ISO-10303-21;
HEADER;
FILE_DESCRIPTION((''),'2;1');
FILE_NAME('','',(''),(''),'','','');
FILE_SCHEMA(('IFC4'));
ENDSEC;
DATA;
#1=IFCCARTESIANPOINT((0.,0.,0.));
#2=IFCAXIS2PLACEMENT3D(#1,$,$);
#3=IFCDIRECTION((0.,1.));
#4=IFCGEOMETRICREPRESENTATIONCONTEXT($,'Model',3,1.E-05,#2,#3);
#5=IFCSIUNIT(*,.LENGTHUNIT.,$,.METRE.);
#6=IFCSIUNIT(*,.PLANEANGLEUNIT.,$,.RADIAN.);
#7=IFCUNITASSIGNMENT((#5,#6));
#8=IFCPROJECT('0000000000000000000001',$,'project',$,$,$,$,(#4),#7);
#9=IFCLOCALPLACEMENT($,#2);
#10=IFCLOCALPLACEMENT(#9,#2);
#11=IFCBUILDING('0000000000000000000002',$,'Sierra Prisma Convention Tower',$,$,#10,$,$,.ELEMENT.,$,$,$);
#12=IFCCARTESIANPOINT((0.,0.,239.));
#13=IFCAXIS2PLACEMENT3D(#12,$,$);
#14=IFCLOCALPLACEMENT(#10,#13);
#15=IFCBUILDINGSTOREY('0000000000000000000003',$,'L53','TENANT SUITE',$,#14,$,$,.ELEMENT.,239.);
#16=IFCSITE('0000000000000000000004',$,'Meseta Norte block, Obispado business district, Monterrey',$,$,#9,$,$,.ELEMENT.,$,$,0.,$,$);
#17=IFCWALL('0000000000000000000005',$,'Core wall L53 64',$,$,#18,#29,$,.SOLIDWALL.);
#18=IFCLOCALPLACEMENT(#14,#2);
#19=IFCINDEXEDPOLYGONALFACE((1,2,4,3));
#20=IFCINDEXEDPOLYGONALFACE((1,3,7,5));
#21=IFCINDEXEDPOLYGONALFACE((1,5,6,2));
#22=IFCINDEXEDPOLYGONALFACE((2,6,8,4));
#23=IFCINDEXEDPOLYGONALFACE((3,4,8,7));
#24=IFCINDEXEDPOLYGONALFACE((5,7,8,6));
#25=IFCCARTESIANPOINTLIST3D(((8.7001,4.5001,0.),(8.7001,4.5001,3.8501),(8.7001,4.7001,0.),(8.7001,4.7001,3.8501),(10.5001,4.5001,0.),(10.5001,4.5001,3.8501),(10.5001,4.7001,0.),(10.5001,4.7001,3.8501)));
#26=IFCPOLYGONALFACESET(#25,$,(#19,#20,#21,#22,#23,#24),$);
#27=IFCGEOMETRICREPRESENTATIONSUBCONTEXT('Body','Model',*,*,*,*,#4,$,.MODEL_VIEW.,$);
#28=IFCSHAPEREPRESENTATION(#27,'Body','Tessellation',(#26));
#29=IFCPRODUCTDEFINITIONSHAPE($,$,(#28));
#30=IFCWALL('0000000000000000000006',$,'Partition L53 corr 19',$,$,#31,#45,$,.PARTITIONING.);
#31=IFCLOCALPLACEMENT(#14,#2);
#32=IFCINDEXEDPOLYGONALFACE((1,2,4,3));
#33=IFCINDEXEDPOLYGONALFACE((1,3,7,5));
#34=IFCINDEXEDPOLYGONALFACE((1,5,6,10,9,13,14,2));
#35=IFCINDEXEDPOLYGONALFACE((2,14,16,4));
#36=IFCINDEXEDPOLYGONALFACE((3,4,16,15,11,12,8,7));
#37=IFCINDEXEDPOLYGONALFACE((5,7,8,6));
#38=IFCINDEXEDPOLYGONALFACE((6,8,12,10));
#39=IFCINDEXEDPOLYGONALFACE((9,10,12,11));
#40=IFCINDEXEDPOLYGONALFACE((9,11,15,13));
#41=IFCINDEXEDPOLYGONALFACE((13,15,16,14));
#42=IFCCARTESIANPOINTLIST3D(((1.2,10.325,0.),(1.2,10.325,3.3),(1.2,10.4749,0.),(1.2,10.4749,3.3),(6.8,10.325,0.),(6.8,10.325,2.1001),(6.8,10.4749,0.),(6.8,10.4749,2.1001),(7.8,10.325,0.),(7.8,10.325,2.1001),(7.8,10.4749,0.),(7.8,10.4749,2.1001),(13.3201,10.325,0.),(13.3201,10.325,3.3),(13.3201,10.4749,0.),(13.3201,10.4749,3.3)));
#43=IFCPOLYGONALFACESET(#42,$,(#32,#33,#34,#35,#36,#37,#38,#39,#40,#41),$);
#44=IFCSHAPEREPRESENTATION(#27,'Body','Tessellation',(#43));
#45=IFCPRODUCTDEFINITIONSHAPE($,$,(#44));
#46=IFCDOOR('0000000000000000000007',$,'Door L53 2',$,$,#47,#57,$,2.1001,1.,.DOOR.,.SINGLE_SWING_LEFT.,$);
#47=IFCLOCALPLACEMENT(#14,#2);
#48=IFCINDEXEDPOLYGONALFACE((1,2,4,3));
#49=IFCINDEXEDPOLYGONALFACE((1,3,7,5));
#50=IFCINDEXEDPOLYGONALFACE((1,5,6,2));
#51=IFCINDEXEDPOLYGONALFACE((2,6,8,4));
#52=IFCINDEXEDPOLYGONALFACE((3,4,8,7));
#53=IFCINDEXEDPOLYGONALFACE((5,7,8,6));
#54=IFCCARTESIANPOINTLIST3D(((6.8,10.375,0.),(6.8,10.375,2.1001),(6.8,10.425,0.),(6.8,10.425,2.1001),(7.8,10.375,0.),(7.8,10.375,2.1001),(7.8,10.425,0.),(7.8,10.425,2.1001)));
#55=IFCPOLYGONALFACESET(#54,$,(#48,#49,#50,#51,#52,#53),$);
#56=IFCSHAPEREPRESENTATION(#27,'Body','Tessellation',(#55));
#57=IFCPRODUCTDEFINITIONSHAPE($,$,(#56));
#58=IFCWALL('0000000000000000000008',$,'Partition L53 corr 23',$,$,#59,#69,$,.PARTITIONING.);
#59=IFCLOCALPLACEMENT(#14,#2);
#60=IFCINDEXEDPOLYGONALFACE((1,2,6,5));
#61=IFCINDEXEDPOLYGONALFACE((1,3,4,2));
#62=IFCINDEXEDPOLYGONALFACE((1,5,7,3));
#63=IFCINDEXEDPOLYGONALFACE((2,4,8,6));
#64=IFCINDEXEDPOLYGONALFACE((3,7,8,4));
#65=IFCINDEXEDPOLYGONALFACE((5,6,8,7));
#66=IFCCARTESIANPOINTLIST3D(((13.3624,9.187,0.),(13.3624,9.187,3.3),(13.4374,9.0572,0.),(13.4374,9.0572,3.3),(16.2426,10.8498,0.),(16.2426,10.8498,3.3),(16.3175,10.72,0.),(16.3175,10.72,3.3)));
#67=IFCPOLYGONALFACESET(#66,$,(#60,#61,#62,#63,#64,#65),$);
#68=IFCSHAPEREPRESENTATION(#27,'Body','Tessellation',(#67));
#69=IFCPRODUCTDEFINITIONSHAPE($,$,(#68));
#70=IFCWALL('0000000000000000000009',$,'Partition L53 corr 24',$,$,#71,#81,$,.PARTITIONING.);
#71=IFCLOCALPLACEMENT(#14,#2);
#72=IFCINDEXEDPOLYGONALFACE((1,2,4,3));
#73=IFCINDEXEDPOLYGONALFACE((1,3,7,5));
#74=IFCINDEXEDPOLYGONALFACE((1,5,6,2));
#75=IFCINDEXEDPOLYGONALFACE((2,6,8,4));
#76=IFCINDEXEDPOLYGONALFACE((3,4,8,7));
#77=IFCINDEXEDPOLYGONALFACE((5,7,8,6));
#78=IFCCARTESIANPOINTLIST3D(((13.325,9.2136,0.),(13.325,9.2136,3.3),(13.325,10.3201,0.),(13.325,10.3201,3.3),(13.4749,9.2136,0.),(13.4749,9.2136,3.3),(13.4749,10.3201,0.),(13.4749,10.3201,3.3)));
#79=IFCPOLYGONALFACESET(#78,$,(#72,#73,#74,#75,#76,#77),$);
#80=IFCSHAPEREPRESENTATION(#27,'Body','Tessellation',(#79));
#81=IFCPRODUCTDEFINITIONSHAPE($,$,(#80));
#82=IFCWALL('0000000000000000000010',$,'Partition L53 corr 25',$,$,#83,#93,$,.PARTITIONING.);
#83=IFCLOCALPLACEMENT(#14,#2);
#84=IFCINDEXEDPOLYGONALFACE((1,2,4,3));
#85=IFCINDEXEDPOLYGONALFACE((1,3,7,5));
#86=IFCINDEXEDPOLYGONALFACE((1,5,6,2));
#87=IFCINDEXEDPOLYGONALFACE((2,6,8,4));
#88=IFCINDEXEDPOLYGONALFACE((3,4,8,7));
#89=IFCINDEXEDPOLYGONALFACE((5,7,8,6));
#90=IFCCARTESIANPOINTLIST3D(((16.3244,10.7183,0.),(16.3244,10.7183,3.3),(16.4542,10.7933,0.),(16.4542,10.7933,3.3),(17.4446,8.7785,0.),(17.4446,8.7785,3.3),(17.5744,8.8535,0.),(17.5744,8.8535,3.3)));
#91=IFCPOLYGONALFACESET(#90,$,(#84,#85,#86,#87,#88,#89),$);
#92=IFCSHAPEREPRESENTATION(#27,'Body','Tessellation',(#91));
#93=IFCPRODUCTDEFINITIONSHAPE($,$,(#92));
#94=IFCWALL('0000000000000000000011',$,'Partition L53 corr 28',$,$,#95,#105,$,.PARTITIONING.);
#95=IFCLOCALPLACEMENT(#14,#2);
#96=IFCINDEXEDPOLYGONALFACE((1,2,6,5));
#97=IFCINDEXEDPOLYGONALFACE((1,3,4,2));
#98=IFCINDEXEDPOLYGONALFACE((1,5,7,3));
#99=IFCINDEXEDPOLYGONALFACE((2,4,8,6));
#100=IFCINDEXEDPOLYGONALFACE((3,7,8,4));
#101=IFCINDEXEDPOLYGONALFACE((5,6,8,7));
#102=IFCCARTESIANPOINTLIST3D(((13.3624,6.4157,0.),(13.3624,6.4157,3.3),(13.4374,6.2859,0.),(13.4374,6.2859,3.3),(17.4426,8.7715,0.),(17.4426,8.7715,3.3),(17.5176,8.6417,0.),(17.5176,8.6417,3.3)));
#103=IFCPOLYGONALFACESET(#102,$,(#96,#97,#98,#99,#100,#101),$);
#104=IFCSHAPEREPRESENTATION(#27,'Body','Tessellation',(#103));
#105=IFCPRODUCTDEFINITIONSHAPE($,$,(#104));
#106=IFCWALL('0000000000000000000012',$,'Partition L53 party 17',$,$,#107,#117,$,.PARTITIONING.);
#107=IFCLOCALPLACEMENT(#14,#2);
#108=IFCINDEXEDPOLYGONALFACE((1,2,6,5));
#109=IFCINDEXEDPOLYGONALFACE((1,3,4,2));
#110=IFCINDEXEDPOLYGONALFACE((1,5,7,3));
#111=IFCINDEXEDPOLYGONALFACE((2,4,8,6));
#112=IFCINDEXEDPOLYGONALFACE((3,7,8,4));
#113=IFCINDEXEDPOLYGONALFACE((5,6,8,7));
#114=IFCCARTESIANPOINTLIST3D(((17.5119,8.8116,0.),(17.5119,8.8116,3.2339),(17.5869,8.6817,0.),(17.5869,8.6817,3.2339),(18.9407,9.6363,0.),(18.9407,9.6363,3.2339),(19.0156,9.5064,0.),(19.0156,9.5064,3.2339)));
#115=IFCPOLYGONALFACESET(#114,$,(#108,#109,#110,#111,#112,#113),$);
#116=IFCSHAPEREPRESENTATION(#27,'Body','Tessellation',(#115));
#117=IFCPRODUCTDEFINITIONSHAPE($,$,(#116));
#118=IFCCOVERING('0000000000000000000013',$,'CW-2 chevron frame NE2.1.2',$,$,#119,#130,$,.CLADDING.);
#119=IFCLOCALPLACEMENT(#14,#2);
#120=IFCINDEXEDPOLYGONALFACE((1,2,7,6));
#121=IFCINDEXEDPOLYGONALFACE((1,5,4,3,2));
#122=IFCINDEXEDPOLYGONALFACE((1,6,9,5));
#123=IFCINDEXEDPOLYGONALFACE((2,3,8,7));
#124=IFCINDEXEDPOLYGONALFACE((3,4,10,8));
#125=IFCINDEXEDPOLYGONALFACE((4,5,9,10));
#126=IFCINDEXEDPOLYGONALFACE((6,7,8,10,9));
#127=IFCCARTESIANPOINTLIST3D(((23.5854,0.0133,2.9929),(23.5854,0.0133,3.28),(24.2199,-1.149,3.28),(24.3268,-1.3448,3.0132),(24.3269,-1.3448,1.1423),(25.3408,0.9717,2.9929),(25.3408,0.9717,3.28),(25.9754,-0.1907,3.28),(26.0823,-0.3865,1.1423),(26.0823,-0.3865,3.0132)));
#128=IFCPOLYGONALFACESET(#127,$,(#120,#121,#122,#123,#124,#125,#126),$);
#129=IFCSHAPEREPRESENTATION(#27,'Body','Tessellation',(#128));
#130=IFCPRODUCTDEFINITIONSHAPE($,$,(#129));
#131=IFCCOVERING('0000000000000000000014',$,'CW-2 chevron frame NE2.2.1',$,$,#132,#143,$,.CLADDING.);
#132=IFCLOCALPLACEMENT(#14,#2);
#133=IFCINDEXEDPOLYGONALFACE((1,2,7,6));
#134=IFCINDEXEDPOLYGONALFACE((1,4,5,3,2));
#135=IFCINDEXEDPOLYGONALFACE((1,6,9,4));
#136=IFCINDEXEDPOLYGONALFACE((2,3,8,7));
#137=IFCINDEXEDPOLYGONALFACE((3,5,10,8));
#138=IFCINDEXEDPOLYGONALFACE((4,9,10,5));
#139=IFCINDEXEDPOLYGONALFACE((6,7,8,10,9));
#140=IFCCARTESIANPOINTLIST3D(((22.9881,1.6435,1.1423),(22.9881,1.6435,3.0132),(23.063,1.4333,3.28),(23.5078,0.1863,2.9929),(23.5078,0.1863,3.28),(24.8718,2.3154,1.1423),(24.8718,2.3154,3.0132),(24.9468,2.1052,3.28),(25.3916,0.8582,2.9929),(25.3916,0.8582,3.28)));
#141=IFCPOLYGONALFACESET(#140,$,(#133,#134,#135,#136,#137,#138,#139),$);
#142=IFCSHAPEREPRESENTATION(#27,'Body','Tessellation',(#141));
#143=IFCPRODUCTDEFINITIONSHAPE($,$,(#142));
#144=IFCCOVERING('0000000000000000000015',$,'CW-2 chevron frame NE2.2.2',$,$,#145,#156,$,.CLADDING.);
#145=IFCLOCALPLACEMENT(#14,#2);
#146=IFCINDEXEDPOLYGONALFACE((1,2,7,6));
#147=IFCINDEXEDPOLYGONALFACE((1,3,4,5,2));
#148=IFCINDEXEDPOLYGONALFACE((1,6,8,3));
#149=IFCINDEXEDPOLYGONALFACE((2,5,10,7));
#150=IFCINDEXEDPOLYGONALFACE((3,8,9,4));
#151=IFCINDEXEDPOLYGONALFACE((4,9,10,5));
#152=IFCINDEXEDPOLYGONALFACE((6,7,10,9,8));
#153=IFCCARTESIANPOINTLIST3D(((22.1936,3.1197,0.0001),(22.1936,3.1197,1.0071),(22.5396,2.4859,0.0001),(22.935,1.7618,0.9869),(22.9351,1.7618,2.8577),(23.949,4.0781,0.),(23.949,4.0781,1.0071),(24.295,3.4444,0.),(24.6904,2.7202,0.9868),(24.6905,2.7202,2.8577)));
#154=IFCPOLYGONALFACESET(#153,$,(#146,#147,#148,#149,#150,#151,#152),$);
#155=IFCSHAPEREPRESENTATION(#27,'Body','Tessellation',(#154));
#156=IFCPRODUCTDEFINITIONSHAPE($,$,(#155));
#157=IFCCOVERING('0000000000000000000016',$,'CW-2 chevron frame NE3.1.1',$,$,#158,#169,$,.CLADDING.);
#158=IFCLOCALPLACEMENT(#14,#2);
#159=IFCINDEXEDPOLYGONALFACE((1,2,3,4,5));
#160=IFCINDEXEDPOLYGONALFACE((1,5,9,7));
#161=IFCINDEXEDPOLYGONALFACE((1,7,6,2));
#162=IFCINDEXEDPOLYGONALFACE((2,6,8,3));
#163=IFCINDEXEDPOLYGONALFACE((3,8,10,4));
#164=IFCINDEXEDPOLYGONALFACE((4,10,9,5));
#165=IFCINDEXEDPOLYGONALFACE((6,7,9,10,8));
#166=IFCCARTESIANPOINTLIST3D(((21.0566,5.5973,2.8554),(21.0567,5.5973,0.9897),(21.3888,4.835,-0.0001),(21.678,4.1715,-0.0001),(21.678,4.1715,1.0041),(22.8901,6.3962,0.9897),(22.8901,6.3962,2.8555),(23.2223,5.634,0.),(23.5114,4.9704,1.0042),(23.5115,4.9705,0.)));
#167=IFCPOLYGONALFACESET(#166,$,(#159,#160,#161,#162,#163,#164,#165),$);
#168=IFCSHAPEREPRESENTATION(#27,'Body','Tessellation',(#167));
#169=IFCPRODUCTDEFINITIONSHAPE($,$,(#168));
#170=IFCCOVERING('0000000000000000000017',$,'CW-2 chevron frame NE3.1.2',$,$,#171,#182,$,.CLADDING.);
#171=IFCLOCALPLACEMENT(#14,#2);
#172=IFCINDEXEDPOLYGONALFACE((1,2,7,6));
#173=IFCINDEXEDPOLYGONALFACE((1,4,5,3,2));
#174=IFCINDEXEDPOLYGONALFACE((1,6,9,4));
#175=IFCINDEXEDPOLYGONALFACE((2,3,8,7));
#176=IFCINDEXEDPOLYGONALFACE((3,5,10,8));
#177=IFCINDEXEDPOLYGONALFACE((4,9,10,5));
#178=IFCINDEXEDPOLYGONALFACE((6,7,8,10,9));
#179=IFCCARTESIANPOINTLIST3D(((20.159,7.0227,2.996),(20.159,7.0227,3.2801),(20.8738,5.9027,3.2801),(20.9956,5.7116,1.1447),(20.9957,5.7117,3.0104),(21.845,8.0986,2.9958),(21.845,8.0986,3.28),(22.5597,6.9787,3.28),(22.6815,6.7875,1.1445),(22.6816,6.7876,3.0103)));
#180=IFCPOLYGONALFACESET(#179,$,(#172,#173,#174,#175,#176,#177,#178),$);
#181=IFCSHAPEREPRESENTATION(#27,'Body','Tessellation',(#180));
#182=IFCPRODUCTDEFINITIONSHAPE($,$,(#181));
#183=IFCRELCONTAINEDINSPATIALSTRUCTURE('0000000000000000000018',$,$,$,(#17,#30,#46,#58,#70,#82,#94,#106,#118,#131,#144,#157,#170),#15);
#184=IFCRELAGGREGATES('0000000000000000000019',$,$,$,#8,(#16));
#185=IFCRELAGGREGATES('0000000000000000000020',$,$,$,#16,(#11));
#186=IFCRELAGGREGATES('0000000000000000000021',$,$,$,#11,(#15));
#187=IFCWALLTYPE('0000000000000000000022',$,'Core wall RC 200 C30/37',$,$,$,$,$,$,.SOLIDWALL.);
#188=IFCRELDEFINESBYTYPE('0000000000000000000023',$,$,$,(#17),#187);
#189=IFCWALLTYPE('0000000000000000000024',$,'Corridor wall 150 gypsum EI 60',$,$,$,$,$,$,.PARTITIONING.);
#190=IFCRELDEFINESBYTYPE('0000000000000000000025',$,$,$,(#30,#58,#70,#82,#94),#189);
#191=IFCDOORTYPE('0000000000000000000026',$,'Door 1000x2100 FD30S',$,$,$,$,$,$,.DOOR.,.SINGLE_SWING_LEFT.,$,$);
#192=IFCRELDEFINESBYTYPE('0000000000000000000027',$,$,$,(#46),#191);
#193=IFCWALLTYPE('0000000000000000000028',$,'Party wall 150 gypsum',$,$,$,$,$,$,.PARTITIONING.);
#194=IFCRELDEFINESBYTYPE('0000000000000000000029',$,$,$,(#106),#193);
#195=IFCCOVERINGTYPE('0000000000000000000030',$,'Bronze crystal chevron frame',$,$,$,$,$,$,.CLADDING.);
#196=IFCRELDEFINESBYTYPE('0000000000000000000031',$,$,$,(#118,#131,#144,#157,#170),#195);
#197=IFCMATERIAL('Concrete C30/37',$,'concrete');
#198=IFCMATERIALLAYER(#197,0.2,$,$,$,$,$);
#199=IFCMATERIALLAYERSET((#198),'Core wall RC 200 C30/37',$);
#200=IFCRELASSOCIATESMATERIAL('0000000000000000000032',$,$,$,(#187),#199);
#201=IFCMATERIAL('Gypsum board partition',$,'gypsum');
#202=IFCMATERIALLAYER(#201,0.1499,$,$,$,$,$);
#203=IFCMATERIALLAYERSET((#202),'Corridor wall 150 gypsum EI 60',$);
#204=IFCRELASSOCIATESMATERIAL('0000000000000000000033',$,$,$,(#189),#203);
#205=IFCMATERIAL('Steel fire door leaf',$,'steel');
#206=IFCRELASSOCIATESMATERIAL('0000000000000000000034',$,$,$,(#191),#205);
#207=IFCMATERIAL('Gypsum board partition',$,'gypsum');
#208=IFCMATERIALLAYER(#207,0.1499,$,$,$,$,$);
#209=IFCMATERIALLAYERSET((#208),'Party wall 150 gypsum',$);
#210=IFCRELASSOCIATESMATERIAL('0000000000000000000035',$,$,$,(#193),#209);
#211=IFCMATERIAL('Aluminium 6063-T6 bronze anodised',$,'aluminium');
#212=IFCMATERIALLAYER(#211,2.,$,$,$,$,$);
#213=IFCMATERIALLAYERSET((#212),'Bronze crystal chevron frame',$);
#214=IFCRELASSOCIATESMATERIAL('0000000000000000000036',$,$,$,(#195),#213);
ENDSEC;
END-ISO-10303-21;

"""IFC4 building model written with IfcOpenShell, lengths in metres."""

from ifc_helpers import new_model, si_unit, direction, frame, frame_2d, origin, place, context, subcontext, project, spatial, polyline, rectangle, outline, extrude, material, layer, layer_set, type_object, element, fill, save


model = new_model("IFC4")

# Units and contexts
model_context = context("Model", 3, precision=1e-05, world=origin(), true_north=direction((0.0, 1.0)))
body_context = subcontext(model_context, "Body", "Model", "MODEL_VIEW")
ifc_project = project(units=[si_unit("LENGTHUNIT", "METRE"), si_unit("PLANEANGLEUNIT", "RADIAN")], contexts=[model_context])

# Site, building, storey
site_placement = place(None, origin())
site = spatial("IfcSite", under=ifc_project, at=site_placement, Name="Meseta Norte block, Obispado business district, Monterrey", CompositionType="ELEMENT", RefElevation=0.0)
building_placement = place(site_placement, origin())
building = spatial("IfcBuilding", under=site, at=building_placement, Name="Sierra Prisma Convention Tower", CompositionType="ELEMENT")
storey_placement = place(building_placement, frame((0.0, 0.0, 239.0)))
storey = spatial("IfcBuildingStorey", under=building, at=storey_placement, Name="L53", Description="TENANT SUITE", CompositionType="ELEMENT", Elevation=239.0)

# Wall
ifc_material_1 = material(Name="Concrete C30/37", Category="concrete")
ifc_layer_1 = layer(ifc_material_1, 0.2)
ifc_layer_set_1 = layer_set([ifc_layer_1], Name="Core wall RC 200 C30/37")
wall_type_1 = type_object("IfcWallType", Name="Core wall RC 200 C30/37", PredefinedType="SOLIDWALL", material=ifc_layer_set_1)
wall_1_placement = place(storey_placement, frame((10.5, 4.6001, 0.0), z_axis=(0.0, 0.0, 1.0), x_axis=(-1.0, 0.0, 0.0)))
element("IfcWall", 1, at=wall_1_placement, inside=storey, type_object=wall_type_1, Name="Core wall L53 64", PredefinedType="SOLIDWALL", context=body_context, shape_type="SweptSolid", body=[
    extrude(rectangle(XDim=1.8, YDim=0.2, at=frame_2d((0.8999, 0.0))), origin(), (0.0, 0.0, 1.0), 3.8501),
])

# Wall, opening, door
ifc_material_2 = material(Name="Gypsum board partition", Category="gypsum")
ifc_layer_2 = layer(ifc_material_2, 0.1499)
ifc_layer_set_2 = layer_set([ifc_layer_2], Name="Corridor wall 150 gypsum EI 60")
wall_type_2 = type_object("IfcWallType", Name="Corridor wall 150 gypsum EI 60", PredefinedType="PARTITIONING", material=ifc_layer_set_2)
wall_2_placement = place(storey_placement, frame((13.3201, 10.3999, 0.0), z_axis=(0.0, 0.0, 1.0), x_axis=(-1.0, 0.0, 0.0)))
wall_2 = element("IfcWall", 2, at=wall_2_placement, inside=storey, type_object=wall_type_2, Name="Partition L53 corr 19", PredefinedType="PARTITIONING", context=body_context, shape_type="SweptSolid", body=[
    extrude(rectangle(XDim=12.1201, YDim=0.1499, at=frame_2d((6.0601, 0.0))), origin(), (0.0, 0.0, 1.0), 3.3),
])
opening_placement = place(wall_2_placement, frame((5.52, 0.0, 0.0)))
opening = element("IfcOpeningElement", 3, at=opening_placement, cuts=wall_2, PredefinedType="OPENING", context=body_context, shape_type="SweptSolid", body=[
    extrude(rectangle(XDim=1.0, YDim=2.1001, at=frame_2d((0.5, 1.05))), frame((0.0, 0.075, 0.0), z_axis=(0.0, -1.0, 0.0), x_axis=(1.0, 0.0, 0.0)), (0.0, 0.0, 1.0), 0.1499),
])
ifc_material_3 = material(Name="Steel fire door leaf", Category="steel")
door_type = type_object("IfcDoorType", Name="Door 1000x2100 FD30S", OperationType="SINGLE_SWING_LEFT", PredefinedType="DOOR", material=ifc_material_3)
door_placement = place(opening_placement, origin())
door = element("IfcDoor", 4, at=door_placement, inside=storey, type_object=door_type, Name="Door L53 2", OperationType="SINGLE_SWING_LEFT", OverallHeight=2.1001, OverallWidth=1.0, PredefinedType="DOOR", context=body_context, shape_type="SweptSolid", body=[
    extrude(rectangle(XDim=1.0, YDim=2.1001, at=frame_2d((0.5, 1.05))), frame((0.0, 0.0249, 0.0), z_axis=(0.0, -1.0, 0.0), x_axis=(1.0, 0.0, 0.0)), (0.0, 0.0, 1.0), 0.05),
])
fill(opening, door)

# Walls
wall_3_placement = place(storey_placement, frame((16.28, 10.7849, 0.0), z_axis=(0.0, 0.0, 1.0), x_axis=(-0.866025, -0.5, 0.0)))
element("IfcWall", 5, at=wall_3_placement, inside=storey, type_object=wall_type_2, Name="Partition L53 corr 23", PredefinedType="PARTITIONING", context=body_context, shape_type="SweptSolid", body=[
    extrude(rectangle(XDim=3.3257, YDim=0.1499, at=frame_2d((1.6628, 0.0))), origin(), (0.0, 0.0, 1.0), 3.3),
])
wall_4_placement = place(storey_placement, frame((13.3999, 9.2136, 0.0), z_axis=(0.0, 0.0, 1.0), x_axis=(0.0, 1.0, 0.0)))
element("IfcWall", 6, at=wall_4_placement, inside=storey, type_object=wall_type_2, Name="Partition L53 corr 24", PredefinedType="PARTITIONING", context=body_context, shape_type="SweptSolid", body=[
    extrude(rectangle(XDim=1.1064, YDim=0.1499, at=frame_2d((0.5532, 0.0))), origin(), (0.0, 0.0, 1.0), 3.3),
])
wall_5_placement = place(storey_placement, frame((17.5095, 8.8159, 0.0), z_axis=(0.0, 0.0, 1.0), x_axis=(-0.500078, 0.86598, 0.0)))
element("IfcWall", 7, at=wall_5_placement, inside=storey, type_object=wall_type_2, Name="Partition L53 corr 25", PredefinedType="PARTITIONING", context=body_context, shape_type="SweptSolid", body=[
    extrude(rectangle(XDim=2.24, YDim=0.1499, at=frame_2d((1.1201, 0.0))), origin(), (0.0, 0.0, 1.0), 3.3),
])
wall_6_placement = place(storey_placement, frame((13.3999, 6.3508, 0.0), z_axis=(0.0, 0.0, 1.0), x_axis=(0.866018, 0.500013, 0.0)))
element("IfcWall", 8, at=wall_6_placement, inside=storey, type_object=wall_type_2, Name="Partition L53 corr 28", PredefinedType="PARTITIONING", context=body_context, shape_type="SweptSolid", body=[
    extrude(rectangle(XDim=4.7114, YDim=0.1499, at=frame_2d((2.3557, 0.0))), origin(), (0.0, 0.0, 1.0), 3.3),
])
ifc_material_4 = material(Name="Gypsum board partition", Category="gypsum")
ifc_layer_3 = layer(ifc_material_4, 0.1499)
ifc_layer_set_3 = layer_set([ifc_layer_3], Name="Party wall 150 gypsum")
wall_type_3 = type_object("IfcWallType", Name="Party wall 150 gypsum", PredefinedType="PARTITIONING", material=ifc_layer_set_3)
wall_7_placement = place(storey_placement, frame((18.978, 9.5713, 0.0), z_axis=(0.0, 0.0, 1.0), x_axis=(-0.866067, -0.499927, 0.0)))
element("IfcWall", 9, at=wall_7_placement, inside=storey, type_object=wall_type_3, Name="Partition L53 party 17", PredefinedType="PARTITIONING", context=body_context, shape_type="SweptSolid", body=[
    extrude(rectangle(XDim=1.6497, YDim=0.1499, at=frame_2d((0.8247, 0.0))), origin(), (0.0, 0.0, 1.0), 3.2339),
])

# Coverings
ifc_material_5 = material(Name="Aluminium 6063-T6 bronze anodised", Category="aluminium")
ifc_layer_4 = layer(ifc_material_5, 2.0)
ifc_layer_set_4 = layer_set([ifc_layer_4], Name="Bronze crystal chevron frame")
covering_type = type_object("IfcCoveringType", Name="Bronze crystal chevron frame", PredefinedType="CLADDING", material=ifc_layer_set_4)
covering_1_placement = place(storey_placement, frame((26.0823, -0.3865, 3.0132), z_axis=(0.877722, 0.47917, 0.000015), x_axis=(0.000013, 0.000007, -1.0)))
element("IfcCovering", 10, at=covering_1_placement, inside=storey, type_object=covering_type, Name="CW-2 chevron frame NE2.1.2", PredefinedType="CLADDING", context=body_context, shape_type="SweptSolid", body=[
    extrude(outline(polyline([(0.0, 0.0), (1.8708, 0.0), (0.0203, 1.5474), (-0.2668, 1.5474), (-0.2668, 0.2231), (0.0, 0.0)])), origin(), (0.0, 0.0, -1.0), 2.0),
])
covering_2_placement = place(storey_placement, frame((25.3916, 0.8582, 3.28), z_axis=(0.941881, 0.335948, 0.000009), x_axis=(0.000009, 0.000003, -1.0)))
element("IfcCovering", 11, at=covering_2_placement, inside=storey, type_object=covering_type, Name="CW-2 chevron frame NE2.2.1", PredefinedType="CLADDING", context=body_context, shape_type="SweptSolid", body=[
    extrude(outline(polyline([(0.0, 0.0), (0.2871, 0.0), (2.1377, 1.5472), (0.2668, 1.5472), (0.0, 1.324), (0.0, 0.0)])), origin(), (0.0, 0.0, -1.0), 2.0),
])
covering_3_placement = place(storey_placement, frame((23.949, 4.0781, 0.0), z_axis=(0.877694, 0.479222, -0.000031), x_axis=(0.000027, 0.000015, 1.0)))
element("IfcCovering", 12, at=covering_3_placement, inside=storey, type_object=covering_type, Name="CW-2 chevron frame NE2.2.2", PredefinedType="CLADDING", context=body_context, shape_type="SweptSolid", body=[
    extrude(outline(polyline([(0.0, 0.0), (1.0071, 0.0), (2.8577, 1.5472), (0.9868, 1.5472), (0.0, 0.7221), (0.0, 0.0)])), origin(), (0.0, 0.0, -1.0), 2.0),
])
covering_4_placement = place(storey_placement, frame((23.5115, 4.9705, 0.0), z_axis=(0.916741, 0.399482, 0.000032), x_axis=(-0.399482, 0.916741, 0.0)))
element("IfcCovering", 13, at=covering_4_placement, inside=storey, type_object=covering_type, Name="CW-2 chevron frame NE3.1.1", PredefinedType="CLADDING", context=body_context, shape_type="SweptSolid", body=[
    extrude(outline(polyline([(0.0, 0.0), (0.7238, 0.0), (1.5553, 0.9897), (1.5553, 2.8555), (0.0, 1.0042), (0.0, 0.0)])), origin(), (0.0, 0.0, -1.0), 2.0),
])
covering_5_placement = place(storey_placement, frame((22.6816, 6.7876, 3.0103), z_axis=(0.842964, 0.537971, -0.00006), x_axis=(-0.00005, -0.000032, -1.0)))
element("IfcCovering", 14, at=covering_5_placement, inside=storey, type_object=covering_type, Name="CW-2 chevron frame NE3.1.2", PredefinedType="CLADDING", context=body_context, shape_type="SweptSolid", body=[
    extrude(outline(polyline([(0.0, 0.0), (1.8657, 0.0), (0.0144, 1.5553), (-0.2698, 1.5553), (-0.2698, 0.2267), (0.0, 0.0)])), origin(), (0.0, 0.0, -1.0), 2.0),
])

save(model, "model.ifc")
